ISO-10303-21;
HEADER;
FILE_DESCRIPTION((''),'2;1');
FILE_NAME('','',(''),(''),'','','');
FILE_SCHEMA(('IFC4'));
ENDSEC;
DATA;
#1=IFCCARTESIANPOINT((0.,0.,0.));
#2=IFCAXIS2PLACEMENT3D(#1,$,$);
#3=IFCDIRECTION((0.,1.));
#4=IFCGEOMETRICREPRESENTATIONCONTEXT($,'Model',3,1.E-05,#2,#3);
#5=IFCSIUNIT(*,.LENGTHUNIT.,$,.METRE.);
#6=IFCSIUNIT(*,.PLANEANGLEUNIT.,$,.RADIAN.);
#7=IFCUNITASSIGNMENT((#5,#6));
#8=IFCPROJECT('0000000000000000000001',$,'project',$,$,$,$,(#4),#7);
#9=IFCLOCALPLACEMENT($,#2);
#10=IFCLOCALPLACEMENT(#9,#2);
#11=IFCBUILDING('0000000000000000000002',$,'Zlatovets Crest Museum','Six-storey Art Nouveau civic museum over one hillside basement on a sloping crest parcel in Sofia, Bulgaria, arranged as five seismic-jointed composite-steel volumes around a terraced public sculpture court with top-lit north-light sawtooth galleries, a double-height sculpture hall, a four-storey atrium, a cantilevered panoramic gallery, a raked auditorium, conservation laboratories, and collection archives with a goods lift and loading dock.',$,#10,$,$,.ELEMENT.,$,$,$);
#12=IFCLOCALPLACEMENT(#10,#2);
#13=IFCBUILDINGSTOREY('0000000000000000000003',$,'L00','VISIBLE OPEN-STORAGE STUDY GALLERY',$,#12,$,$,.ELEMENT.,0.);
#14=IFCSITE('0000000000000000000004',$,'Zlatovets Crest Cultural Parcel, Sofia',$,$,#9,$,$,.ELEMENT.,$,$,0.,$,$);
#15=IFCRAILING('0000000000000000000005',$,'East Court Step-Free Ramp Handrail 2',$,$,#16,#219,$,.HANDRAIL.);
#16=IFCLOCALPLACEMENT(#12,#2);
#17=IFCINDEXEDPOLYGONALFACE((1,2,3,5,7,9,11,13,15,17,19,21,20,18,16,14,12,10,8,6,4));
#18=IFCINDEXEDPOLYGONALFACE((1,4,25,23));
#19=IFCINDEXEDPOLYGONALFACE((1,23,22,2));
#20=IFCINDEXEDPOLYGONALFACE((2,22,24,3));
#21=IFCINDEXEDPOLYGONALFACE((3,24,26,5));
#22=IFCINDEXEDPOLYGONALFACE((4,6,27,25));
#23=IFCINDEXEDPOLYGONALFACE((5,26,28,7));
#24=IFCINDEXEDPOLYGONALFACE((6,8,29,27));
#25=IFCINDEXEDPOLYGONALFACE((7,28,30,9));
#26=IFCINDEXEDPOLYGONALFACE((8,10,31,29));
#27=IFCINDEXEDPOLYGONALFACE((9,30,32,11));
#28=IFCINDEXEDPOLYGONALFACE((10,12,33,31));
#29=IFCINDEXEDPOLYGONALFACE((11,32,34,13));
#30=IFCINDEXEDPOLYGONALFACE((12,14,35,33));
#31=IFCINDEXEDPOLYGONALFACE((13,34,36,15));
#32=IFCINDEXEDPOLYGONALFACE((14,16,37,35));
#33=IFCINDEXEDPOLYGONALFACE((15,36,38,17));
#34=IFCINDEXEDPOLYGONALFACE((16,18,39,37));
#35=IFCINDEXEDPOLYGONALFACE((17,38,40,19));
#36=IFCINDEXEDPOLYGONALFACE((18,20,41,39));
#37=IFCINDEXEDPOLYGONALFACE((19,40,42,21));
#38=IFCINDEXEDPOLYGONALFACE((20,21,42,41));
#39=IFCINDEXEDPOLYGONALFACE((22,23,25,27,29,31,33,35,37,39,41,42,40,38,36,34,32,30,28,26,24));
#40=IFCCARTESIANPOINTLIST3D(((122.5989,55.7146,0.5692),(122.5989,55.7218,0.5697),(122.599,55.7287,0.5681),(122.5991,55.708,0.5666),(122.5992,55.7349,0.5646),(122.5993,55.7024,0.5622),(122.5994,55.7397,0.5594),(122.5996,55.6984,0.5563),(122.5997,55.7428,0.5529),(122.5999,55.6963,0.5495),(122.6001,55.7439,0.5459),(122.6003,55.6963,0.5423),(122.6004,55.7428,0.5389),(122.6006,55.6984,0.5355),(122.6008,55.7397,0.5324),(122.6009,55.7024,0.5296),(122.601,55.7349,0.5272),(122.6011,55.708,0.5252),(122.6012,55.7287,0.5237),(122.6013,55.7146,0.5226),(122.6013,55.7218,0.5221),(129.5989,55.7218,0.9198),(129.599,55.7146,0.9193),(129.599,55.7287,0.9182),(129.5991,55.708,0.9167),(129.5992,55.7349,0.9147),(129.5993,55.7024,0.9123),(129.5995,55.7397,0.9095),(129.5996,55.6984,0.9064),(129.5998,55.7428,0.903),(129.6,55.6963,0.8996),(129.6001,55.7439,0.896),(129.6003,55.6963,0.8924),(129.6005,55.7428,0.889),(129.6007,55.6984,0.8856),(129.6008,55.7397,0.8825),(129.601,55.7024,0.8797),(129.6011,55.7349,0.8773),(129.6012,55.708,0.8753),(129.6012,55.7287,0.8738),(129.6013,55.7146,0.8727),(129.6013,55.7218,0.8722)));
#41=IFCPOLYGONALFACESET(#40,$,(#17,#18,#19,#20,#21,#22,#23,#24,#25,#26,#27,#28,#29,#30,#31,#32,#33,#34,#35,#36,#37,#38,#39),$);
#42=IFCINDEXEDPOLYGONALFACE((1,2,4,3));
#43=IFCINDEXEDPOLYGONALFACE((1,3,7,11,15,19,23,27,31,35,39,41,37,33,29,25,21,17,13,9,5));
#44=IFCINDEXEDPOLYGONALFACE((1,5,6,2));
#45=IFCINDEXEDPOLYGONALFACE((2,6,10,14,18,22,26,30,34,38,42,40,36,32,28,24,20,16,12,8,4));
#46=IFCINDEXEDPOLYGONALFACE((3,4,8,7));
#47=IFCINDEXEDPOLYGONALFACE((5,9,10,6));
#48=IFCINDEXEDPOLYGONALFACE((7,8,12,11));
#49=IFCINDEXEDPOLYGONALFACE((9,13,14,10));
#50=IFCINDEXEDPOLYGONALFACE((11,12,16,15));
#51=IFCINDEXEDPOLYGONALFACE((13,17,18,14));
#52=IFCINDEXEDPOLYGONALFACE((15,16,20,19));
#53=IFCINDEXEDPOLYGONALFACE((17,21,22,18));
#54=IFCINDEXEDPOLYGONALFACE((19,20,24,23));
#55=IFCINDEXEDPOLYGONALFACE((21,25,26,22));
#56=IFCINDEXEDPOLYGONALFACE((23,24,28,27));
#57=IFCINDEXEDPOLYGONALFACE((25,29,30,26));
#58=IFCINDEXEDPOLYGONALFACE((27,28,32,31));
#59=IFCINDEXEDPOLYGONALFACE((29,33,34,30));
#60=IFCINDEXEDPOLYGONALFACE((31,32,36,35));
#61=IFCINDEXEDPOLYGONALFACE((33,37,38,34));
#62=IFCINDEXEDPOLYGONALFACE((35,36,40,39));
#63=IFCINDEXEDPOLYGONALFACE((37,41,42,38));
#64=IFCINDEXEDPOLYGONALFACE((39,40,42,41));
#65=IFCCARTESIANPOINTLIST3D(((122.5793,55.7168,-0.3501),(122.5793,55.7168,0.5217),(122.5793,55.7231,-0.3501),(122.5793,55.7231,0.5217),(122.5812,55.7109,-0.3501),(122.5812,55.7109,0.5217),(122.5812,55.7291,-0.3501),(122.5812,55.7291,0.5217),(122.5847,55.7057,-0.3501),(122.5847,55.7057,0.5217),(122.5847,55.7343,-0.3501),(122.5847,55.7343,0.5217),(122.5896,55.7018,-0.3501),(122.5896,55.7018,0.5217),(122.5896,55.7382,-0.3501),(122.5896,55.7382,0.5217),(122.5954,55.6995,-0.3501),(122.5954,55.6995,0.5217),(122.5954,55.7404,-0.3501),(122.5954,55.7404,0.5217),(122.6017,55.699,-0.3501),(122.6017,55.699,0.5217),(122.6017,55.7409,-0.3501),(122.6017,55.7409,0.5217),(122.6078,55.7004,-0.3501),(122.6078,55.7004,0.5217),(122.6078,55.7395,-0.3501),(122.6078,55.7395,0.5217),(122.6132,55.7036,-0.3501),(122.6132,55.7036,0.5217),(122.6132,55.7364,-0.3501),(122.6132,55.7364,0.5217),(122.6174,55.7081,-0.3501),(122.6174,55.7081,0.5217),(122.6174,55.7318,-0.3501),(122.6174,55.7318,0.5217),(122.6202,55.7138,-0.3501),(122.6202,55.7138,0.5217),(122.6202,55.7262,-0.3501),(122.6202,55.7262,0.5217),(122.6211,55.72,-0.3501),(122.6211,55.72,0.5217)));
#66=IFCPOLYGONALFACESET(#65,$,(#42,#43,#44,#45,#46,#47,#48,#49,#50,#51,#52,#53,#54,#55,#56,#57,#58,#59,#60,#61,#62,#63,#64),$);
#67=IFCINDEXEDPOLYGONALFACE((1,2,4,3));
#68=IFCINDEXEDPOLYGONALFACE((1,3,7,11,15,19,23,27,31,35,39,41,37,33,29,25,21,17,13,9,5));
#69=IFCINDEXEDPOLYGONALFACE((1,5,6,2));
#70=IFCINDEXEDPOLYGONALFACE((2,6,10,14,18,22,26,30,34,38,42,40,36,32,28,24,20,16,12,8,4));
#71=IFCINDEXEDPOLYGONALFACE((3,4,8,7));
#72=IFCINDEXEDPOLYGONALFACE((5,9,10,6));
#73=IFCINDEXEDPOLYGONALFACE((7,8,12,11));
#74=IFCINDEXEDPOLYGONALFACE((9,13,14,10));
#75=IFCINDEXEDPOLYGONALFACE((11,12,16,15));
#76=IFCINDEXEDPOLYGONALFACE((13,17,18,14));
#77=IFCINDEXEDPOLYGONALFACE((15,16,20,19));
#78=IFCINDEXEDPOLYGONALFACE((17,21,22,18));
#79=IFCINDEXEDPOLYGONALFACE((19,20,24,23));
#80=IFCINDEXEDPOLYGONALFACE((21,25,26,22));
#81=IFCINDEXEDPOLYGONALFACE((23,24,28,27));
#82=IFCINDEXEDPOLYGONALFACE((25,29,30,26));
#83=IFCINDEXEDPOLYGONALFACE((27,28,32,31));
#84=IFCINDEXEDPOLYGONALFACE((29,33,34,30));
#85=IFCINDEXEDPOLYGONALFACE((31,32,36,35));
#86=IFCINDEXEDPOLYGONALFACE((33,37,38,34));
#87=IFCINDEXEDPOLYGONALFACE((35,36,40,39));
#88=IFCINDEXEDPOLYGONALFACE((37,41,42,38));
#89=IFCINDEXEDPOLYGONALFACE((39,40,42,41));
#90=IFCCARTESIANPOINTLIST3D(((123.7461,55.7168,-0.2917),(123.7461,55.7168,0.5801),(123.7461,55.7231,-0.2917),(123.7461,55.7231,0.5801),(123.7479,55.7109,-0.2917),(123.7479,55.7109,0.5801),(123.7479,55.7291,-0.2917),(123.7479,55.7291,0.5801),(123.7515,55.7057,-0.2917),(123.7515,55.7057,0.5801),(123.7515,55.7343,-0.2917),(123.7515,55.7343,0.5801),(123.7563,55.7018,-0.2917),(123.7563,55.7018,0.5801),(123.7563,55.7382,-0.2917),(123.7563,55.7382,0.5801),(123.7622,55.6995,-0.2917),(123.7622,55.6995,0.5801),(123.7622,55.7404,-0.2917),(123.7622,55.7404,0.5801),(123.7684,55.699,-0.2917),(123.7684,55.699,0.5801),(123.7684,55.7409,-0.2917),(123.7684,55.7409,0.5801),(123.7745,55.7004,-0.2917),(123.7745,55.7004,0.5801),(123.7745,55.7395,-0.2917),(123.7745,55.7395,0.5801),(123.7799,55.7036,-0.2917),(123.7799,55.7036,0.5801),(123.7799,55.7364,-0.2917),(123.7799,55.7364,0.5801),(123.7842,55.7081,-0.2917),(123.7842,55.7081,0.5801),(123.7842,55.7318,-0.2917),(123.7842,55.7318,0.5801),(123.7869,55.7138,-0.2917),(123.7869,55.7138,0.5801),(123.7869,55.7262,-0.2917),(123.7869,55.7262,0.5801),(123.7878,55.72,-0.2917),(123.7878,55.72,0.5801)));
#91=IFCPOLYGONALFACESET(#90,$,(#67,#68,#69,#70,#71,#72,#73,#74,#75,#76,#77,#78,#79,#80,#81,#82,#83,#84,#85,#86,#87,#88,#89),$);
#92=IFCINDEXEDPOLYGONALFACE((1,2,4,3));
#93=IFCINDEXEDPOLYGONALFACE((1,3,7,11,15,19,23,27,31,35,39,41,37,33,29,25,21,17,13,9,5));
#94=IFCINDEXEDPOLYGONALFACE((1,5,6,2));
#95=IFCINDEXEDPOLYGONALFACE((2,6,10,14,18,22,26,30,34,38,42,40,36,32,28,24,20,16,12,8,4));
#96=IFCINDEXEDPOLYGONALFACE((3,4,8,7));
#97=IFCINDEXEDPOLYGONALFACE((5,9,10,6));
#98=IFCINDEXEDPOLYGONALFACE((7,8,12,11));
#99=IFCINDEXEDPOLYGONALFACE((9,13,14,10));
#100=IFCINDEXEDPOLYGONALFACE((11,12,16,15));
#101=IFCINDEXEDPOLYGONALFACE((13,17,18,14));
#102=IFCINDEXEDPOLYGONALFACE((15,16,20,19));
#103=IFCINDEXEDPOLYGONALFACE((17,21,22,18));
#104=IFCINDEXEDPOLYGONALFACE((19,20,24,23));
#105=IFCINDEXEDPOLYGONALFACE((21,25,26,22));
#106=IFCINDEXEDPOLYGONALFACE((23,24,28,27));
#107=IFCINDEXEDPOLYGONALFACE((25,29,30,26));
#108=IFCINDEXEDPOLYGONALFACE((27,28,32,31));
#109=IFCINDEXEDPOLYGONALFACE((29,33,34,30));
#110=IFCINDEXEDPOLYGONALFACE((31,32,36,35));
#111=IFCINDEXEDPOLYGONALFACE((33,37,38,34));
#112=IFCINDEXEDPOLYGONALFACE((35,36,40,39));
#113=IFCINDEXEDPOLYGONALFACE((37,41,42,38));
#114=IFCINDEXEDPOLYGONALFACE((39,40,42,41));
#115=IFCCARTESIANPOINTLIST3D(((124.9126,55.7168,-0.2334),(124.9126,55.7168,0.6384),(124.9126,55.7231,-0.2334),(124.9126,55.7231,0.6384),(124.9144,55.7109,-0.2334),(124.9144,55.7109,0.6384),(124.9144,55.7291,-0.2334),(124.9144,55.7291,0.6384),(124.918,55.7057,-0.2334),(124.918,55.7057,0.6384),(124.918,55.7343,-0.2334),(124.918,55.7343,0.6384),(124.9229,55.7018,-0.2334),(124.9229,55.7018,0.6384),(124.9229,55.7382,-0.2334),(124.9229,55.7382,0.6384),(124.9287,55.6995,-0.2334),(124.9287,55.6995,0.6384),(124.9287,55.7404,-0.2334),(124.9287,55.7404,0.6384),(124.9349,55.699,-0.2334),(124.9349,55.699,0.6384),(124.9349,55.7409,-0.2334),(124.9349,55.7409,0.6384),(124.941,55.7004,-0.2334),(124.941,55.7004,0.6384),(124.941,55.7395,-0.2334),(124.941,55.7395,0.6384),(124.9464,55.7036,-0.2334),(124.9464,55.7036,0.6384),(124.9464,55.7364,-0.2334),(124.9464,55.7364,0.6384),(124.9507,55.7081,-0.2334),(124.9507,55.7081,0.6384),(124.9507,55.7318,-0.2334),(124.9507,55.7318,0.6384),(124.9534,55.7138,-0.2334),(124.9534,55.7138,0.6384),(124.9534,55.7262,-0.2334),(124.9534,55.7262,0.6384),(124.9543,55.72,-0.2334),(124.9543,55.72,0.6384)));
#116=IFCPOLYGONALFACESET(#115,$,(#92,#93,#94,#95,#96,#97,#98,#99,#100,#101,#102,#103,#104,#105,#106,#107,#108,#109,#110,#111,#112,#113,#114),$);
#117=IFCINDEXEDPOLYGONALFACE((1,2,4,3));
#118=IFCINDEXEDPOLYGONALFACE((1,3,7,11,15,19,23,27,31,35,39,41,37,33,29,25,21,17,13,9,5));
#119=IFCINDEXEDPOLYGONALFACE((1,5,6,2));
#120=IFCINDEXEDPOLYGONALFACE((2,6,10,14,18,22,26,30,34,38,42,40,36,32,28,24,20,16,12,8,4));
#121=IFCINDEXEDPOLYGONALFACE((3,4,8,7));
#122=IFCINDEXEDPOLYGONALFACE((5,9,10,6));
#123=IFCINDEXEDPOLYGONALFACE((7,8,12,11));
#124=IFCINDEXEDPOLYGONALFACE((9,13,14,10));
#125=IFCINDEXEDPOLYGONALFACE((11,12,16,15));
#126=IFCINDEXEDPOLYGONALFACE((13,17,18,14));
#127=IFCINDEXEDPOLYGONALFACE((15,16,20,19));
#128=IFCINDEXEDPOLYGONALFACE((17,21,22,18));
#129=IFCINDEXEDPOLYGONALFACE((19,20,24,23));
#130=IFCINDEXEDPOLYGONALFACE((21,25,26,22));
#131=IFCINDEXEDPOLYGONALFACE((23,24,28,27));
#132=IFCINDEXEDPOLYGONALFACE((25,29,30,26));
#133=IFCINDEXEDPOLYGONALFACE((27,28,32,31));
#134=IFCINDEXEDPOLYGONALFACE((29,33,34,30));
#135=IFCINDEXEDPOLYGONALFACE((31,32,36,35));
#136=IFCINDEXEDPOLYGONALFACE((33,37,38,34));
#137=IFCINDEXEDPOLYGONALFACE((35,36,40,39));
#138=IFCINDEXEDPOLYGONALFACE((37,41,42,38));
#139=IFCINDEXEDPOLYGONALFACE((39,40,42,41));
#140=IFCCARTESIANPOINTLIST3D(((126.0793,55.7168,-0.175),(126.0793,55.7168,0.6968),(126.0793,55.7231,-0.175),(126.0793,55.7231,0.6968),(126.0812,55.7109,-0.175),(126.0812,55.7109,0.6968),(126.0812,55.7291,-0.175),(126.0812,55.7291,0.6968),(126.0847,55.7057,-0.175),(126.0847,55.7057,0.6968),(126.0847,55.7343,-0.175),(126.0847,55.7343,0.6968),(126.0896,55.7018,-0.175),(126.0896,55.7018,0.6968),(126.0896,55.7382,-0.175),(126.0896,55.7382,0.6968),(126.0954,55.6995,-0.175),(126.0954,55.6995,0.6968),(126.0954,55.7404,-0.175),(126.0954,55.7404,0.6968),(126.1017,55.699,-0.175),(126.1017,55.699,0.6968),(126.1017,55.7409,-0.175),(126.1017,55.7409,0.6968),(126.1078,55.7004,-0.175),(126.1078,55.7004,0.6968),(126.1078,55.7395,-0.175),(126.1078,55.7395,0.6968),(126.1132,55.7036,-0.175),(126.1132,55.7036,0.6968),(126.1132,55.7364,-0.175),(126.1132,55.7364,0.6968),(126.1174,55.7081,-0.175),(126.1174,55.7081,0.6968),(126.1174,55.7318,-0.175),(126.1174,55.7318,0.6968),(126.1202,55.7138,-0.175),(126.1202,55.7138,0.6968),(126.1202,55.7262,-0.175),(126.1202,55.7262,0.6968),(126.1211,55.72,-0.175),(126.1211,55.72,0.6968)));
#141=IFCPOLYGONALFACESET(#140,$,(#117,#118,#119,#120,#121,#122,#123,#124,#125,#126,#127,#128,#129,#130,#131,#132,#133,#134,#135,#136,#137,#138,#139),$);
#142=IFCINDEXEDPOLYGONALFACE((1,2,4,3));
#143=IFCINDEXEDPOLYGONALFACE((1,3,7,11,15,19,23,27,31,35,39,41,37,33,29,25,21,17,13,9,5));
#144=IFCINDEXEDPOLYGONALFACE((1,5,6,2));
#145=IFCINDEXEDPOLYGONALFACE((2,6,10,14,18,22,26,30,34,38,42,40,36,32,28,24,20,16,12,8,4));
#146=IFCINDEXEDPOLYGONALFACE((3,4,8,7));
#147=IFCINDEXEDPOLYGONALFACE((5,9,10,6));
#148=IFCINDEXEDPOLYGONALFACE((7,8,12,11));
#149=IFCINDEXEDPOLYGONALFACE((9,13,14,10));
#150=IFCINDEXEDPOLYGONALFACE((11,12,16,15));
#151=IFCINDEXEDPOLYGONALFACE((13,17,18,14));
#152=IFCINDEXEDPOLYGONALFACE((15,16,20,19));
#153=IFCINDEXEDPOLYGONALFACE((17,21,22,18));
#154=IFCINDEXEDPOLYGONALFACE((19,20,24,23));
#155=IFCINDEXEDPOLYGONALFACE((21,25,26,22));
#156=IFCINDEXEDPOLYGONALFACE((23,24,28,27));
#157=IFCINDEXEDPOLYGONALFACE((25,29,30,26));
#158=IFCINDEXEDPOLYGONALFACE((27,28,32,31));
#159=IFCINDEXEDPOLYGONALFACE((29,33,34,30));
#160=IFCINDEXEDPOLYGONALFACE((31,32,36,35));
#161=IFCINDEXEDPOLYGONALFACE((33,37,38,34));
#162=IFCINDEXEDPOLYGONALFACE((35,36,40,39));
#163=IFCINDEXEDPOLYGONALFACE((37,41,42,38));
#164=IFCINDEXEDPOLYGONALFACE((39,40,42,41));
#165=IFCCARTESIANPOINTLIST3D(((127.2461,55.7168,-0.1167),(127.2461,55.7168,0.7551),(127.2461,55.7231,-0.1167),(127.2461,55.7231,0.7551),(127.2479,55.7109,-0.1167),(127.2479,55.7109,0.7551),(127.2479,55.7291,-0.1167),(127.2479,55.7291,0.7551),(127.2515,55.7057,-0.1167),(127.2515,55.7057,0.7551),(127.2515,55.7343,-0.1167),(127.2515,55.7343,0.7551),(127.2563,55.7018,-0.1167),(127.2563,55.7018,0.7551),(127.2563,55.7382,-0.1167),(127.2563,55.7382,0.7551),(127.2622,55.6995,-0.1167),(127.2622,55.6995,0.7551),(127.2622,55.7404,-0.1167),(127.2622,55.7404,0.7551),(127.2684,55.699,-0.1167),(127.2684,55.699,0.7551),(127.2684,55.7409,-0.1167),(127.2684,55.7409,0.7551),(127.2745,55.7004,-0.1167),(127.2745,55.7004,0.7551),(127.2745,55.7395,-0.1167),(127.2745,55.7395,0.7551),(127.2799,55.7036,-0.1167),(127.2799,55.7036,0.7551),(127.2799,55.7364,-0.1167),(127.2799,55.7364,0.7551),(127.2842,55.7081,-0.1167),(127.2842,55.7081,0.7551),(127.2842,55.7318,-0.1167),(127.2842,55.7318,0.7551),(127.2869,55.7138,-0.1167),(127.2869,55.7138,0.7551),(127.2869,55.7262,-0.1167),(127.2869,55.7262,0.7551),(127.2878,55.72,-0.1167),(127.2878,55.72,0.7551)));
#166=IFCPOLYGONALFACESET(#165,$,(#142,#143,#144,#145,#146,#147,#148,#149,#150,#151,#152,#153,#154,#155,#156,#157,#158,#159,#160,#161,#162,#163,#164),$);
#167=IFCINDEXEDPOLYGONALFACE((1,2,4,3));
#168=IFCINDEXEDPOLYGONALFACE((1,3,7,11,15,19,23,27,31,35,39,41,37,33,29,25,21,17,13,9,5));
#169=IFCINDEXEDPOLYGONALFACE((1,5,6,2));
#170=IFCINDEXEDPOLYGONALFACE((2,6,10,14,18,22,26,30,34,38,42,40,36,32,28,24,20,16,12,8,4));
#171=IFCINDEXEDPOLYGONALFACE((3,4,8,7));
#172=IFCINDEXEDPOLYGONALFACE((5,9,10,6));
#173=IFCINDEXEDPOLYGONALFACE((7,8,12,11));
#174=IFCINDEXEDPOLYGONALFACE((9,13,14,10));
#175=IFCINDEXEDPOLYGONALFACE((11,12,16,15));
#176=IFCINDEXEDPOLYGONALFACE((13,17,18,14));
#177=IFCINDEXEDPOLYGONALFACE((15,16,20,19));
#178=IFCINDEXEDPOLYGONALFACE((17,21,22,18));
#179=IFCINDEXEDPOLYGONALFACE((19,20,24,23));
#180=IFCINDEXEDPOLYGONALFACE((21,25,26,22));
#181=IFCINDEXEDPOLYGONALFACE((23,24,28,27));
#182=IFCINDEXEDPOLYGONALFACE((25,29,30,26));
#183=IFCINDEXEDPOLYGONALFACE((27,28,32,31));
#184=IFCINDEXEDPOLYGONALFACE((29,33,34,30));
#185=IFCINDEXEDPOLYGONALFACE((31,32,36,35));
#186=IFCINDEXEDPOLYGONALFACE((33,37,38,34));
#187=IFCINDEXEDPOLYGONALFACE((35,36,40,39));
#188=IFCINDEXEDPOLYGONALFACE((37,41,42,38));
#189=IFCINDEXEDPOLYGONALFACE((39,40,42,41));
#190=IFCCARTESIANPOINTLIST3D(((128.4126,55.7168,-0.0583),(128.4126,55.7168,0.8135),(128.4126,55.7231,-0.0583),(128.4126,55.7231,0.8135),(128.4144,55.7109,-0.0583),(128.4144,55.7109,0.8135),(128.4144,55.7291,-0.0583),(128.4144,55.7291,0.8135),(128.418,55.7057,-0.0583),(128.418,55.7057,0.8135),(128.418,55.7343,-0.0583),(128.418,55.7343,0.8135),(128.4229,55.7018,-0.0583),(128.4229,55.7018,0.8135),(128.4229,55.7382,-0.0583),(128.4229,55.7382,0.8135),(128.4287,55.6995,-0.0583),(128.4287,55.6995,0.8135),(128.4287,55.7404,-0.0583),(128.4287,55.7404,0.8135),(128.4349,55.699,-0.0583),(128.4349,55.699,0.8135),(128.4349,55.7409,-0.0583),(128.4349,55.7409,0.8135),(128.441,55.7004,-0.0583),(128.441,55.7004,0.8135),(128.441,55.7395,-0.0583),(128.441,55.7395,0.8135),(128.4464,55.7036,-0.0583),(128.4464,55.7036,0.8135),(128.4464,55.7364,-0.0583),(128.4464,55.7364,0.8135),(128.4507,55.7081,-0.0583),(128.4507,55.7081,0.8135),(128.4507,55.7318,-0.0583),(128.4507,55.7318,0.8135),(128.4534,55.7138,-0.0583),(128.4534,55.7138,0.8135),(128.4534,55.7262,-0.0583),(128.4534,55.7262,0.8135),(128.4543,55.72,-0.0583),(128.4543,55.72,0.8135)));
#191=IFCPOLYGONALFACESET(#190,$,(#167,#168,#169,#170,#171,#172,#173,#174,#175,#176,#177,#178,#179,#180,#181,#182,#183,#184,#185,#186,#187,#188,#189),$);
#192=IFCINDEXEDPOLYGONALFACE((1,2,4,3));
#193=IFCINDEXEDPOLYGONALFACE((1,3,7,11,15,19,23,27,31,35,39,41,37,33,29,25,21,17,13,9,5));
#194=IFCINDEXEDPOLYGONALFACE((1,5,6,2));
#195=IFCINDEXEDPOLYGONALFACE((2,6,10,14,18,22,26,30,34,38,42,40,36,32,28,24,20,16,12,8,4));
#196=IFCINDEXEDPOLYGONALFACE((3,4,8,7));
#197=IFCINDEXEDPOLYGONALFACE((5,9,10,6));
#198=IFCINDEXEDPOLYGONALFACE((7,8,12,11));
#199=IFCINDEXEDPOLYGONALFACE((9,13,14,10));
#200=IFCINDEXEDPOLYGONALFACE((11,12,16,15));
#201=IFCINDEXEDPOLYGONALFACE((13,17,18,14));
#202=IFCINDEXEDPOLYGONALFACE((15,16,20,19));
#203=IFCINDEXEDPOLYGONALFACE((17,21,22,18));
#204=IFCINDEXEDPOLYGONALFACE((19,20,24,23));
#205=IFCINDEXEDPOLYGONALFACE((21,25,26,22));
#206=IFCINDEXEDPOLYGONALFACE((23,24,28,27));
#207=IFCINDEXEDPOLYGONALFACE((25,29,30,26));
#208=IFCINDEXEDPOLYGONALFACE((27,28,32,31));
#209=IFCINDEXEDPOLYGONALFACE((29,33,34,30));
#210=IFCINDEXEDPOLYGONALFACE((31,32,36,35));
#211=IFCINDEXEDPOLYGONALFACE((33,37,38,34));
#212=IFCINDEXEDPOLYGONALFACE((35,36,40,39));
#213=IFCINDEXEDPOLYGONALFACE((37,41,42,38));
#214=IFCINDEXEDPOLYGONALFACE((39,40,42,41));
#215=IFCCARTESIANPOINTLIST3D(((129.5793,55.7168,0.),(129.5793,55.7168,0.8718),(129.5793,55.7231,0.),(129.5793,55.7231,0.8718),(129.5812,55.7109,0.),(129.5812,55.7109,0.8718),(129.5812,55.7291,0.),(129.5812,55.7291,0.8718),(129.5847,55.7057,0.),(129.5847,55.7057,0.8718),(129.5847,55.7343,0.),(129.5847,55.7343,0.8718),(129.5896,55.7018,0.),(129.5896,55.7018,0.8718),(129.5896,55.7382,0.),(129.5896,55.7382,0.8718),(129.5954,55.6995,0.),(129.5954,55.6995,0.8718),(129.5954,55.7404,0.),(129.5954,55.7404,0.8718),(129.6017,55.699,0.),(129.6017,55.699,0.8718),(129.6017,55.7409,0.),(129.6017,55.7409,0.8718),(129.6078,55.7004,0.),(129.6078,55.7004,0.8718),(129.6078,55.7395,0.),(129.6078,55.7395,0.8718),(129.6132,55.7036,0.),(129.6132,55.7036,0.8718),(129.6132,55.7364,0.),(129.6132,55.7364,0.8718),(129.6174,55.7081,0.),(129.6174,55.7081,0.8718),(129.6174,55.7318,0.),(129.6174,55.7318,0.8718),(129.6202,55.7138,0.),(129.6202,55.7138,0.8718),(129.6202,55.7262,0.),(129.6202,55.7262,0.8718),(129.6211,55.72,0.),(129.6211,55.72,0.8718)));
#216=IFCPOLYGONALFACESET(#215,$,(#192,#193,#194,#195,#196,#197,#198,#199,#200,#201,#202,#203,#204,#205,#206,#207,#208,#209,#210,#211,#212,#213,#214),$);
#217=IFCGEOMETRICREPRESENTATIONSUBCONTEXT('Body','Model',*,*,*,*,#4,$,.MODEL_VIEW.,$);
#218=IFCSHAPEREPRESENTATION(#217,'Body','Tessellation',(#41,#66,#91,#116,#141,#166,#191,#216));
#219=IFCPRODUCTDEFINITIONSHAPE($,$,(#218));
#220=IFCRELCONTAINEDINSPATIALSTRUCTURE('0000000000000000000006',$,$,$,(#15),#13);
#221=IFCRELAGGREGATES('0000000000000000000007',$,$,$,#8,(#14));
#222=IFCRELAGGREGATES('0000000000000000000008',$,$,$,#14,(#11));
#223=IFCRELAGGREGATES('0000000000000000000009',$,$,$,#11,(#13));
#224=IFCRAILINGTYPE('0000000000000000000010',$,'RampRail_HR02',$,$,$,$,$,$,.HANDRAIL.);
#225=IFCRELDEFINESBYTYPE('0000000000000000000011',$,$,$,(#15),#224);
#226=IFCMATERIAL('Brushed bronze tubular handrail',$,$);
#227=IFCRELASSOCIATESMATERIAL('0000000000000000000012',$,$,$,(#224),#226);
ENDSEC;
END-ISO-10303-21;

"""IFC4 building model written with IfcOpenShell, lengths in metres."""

from ifc_helpers import new_model, si_unit, direction, frame, origin, origin_2d, place, context, subcontext, project, spatial, circle, extrude, material, type_object, element, save


model = new_model("IFC4")

# Units and contexts
model_context = context("Model", 3, precision=1e-05, world=origin(), true_north=direction((0.0, 1.0)))
body_context = subcontext(model_context, "Body", "Model", "MODEL_VIEW")
ifc_project = project(units=[si_unit("LENGTHUNIT", "METRE"), si_unit("PLANEANGLEUNIT", "RADIAN")], contexts=[model_context])

# Site, building, storey
site_placement = place(None, origin())
site = spatial("IfcSite", under=ifc_project, at=site_placement, Name="Zlatovets Crest Cultural Parcel, Sofia", CompositionType="ELEMENT", RefElevation=0.0)
building_placement = place(site_placement, origin())
building = spatial("IfcBuilding", under=site, at=building_placement, Name="Zlatovets Crest Museum", Description="Six-storey Art Nouveau civic museum over one hillside basement on a sloping crest parcel in Sofia, Bulgaria, arranged as five seismic-jointed composite-steel volumes around a terraced public sculpture court with top-lit north-light sawtooth galleries, a double-height sculpture hall, a four-storey atrium, a cantilevered panoramic gallery, a raked auditorium, conservation laboratories, and collection archives with a goods lift and loading dock.", CompositionType="ELEMENT")
storey_placement = place(building_placement, origin())
storey = spatial("IfcBuildingStorey", under=building, at=storey_placement, Name="L00", Description="VISIBLE OPEN-STORAGE STUDY GALLERY", CompositionType="ELEMENT", Elevation=0.0)

# Railing
ifc_material_1 = material(Name="Brushed bronze tubular handrail")
railing_type = type_object("IfcRailingType", Name="RampRail_HR02", PredefinedType="HANDRAIL", material=ifc_material_1)
for number, where, name in (
    (1, (122.6001, 55.72, -0.3501), "East Court Step-Free Ramp Handrail 2"),
):
    element("IfcRailing", number, at=place(storey_placement, frame(where)), inside=storey, type_object=railing_type, Name=name, PredefinedType="HANDRAIL", context=body_context, shape_type="SweptSolid", body=[
        extrude(circle(Radius=0.0239, at=origin_2d()), frame((0.0, 0.0, 0.896), z_axis=(0.998752, 0.0, 0.049952), x_axis=(0.0, 1.0, 0.0)), (0.0, 0.0, 1.0), 7.0088),
        extrude(circle(Radius=0.021, at=origin_2d()), origin(), (0.0, 0.0, 1.0), 0.8718),
        extrude(circle(Radius=0.021, at=origin_2d()), frame((1.1667, 0.0, 0.0583)), (0.0, 0.0, 1.0), 0.8718),
        extrude(circle(Radius=0.021, at=origin_2d()), frame((2.3333, 0.0, 0.1167)), (0.0, 0.0, 1.0), 0.8718),
        extrude(circle(Radius=0.021, at=origin_2d()), frame((3.5, 0.0, 0.175)), (0.0, 0.0, 1.0), 0.8718),
        extrude(circle(Radius=0.021, at=origin_2d()), frame((4.6667, 0.0, 0.2334)), (0.0, 0.0, 1.0), 0.8718),
        extrude(circle(Radius=0.021, at=origin_2d()), frame((5.8333, 0.0, 0.2917)), (0.0, 0.0, 1.0), 0.8718),
        extrude(circle(Radius=0.021, at=origin_2d()), frame((7.0, 0.0, 0.3501)), (0.0, 0.0, 1.0), 0.8718),
    ])

save(model, "model.ifc")
